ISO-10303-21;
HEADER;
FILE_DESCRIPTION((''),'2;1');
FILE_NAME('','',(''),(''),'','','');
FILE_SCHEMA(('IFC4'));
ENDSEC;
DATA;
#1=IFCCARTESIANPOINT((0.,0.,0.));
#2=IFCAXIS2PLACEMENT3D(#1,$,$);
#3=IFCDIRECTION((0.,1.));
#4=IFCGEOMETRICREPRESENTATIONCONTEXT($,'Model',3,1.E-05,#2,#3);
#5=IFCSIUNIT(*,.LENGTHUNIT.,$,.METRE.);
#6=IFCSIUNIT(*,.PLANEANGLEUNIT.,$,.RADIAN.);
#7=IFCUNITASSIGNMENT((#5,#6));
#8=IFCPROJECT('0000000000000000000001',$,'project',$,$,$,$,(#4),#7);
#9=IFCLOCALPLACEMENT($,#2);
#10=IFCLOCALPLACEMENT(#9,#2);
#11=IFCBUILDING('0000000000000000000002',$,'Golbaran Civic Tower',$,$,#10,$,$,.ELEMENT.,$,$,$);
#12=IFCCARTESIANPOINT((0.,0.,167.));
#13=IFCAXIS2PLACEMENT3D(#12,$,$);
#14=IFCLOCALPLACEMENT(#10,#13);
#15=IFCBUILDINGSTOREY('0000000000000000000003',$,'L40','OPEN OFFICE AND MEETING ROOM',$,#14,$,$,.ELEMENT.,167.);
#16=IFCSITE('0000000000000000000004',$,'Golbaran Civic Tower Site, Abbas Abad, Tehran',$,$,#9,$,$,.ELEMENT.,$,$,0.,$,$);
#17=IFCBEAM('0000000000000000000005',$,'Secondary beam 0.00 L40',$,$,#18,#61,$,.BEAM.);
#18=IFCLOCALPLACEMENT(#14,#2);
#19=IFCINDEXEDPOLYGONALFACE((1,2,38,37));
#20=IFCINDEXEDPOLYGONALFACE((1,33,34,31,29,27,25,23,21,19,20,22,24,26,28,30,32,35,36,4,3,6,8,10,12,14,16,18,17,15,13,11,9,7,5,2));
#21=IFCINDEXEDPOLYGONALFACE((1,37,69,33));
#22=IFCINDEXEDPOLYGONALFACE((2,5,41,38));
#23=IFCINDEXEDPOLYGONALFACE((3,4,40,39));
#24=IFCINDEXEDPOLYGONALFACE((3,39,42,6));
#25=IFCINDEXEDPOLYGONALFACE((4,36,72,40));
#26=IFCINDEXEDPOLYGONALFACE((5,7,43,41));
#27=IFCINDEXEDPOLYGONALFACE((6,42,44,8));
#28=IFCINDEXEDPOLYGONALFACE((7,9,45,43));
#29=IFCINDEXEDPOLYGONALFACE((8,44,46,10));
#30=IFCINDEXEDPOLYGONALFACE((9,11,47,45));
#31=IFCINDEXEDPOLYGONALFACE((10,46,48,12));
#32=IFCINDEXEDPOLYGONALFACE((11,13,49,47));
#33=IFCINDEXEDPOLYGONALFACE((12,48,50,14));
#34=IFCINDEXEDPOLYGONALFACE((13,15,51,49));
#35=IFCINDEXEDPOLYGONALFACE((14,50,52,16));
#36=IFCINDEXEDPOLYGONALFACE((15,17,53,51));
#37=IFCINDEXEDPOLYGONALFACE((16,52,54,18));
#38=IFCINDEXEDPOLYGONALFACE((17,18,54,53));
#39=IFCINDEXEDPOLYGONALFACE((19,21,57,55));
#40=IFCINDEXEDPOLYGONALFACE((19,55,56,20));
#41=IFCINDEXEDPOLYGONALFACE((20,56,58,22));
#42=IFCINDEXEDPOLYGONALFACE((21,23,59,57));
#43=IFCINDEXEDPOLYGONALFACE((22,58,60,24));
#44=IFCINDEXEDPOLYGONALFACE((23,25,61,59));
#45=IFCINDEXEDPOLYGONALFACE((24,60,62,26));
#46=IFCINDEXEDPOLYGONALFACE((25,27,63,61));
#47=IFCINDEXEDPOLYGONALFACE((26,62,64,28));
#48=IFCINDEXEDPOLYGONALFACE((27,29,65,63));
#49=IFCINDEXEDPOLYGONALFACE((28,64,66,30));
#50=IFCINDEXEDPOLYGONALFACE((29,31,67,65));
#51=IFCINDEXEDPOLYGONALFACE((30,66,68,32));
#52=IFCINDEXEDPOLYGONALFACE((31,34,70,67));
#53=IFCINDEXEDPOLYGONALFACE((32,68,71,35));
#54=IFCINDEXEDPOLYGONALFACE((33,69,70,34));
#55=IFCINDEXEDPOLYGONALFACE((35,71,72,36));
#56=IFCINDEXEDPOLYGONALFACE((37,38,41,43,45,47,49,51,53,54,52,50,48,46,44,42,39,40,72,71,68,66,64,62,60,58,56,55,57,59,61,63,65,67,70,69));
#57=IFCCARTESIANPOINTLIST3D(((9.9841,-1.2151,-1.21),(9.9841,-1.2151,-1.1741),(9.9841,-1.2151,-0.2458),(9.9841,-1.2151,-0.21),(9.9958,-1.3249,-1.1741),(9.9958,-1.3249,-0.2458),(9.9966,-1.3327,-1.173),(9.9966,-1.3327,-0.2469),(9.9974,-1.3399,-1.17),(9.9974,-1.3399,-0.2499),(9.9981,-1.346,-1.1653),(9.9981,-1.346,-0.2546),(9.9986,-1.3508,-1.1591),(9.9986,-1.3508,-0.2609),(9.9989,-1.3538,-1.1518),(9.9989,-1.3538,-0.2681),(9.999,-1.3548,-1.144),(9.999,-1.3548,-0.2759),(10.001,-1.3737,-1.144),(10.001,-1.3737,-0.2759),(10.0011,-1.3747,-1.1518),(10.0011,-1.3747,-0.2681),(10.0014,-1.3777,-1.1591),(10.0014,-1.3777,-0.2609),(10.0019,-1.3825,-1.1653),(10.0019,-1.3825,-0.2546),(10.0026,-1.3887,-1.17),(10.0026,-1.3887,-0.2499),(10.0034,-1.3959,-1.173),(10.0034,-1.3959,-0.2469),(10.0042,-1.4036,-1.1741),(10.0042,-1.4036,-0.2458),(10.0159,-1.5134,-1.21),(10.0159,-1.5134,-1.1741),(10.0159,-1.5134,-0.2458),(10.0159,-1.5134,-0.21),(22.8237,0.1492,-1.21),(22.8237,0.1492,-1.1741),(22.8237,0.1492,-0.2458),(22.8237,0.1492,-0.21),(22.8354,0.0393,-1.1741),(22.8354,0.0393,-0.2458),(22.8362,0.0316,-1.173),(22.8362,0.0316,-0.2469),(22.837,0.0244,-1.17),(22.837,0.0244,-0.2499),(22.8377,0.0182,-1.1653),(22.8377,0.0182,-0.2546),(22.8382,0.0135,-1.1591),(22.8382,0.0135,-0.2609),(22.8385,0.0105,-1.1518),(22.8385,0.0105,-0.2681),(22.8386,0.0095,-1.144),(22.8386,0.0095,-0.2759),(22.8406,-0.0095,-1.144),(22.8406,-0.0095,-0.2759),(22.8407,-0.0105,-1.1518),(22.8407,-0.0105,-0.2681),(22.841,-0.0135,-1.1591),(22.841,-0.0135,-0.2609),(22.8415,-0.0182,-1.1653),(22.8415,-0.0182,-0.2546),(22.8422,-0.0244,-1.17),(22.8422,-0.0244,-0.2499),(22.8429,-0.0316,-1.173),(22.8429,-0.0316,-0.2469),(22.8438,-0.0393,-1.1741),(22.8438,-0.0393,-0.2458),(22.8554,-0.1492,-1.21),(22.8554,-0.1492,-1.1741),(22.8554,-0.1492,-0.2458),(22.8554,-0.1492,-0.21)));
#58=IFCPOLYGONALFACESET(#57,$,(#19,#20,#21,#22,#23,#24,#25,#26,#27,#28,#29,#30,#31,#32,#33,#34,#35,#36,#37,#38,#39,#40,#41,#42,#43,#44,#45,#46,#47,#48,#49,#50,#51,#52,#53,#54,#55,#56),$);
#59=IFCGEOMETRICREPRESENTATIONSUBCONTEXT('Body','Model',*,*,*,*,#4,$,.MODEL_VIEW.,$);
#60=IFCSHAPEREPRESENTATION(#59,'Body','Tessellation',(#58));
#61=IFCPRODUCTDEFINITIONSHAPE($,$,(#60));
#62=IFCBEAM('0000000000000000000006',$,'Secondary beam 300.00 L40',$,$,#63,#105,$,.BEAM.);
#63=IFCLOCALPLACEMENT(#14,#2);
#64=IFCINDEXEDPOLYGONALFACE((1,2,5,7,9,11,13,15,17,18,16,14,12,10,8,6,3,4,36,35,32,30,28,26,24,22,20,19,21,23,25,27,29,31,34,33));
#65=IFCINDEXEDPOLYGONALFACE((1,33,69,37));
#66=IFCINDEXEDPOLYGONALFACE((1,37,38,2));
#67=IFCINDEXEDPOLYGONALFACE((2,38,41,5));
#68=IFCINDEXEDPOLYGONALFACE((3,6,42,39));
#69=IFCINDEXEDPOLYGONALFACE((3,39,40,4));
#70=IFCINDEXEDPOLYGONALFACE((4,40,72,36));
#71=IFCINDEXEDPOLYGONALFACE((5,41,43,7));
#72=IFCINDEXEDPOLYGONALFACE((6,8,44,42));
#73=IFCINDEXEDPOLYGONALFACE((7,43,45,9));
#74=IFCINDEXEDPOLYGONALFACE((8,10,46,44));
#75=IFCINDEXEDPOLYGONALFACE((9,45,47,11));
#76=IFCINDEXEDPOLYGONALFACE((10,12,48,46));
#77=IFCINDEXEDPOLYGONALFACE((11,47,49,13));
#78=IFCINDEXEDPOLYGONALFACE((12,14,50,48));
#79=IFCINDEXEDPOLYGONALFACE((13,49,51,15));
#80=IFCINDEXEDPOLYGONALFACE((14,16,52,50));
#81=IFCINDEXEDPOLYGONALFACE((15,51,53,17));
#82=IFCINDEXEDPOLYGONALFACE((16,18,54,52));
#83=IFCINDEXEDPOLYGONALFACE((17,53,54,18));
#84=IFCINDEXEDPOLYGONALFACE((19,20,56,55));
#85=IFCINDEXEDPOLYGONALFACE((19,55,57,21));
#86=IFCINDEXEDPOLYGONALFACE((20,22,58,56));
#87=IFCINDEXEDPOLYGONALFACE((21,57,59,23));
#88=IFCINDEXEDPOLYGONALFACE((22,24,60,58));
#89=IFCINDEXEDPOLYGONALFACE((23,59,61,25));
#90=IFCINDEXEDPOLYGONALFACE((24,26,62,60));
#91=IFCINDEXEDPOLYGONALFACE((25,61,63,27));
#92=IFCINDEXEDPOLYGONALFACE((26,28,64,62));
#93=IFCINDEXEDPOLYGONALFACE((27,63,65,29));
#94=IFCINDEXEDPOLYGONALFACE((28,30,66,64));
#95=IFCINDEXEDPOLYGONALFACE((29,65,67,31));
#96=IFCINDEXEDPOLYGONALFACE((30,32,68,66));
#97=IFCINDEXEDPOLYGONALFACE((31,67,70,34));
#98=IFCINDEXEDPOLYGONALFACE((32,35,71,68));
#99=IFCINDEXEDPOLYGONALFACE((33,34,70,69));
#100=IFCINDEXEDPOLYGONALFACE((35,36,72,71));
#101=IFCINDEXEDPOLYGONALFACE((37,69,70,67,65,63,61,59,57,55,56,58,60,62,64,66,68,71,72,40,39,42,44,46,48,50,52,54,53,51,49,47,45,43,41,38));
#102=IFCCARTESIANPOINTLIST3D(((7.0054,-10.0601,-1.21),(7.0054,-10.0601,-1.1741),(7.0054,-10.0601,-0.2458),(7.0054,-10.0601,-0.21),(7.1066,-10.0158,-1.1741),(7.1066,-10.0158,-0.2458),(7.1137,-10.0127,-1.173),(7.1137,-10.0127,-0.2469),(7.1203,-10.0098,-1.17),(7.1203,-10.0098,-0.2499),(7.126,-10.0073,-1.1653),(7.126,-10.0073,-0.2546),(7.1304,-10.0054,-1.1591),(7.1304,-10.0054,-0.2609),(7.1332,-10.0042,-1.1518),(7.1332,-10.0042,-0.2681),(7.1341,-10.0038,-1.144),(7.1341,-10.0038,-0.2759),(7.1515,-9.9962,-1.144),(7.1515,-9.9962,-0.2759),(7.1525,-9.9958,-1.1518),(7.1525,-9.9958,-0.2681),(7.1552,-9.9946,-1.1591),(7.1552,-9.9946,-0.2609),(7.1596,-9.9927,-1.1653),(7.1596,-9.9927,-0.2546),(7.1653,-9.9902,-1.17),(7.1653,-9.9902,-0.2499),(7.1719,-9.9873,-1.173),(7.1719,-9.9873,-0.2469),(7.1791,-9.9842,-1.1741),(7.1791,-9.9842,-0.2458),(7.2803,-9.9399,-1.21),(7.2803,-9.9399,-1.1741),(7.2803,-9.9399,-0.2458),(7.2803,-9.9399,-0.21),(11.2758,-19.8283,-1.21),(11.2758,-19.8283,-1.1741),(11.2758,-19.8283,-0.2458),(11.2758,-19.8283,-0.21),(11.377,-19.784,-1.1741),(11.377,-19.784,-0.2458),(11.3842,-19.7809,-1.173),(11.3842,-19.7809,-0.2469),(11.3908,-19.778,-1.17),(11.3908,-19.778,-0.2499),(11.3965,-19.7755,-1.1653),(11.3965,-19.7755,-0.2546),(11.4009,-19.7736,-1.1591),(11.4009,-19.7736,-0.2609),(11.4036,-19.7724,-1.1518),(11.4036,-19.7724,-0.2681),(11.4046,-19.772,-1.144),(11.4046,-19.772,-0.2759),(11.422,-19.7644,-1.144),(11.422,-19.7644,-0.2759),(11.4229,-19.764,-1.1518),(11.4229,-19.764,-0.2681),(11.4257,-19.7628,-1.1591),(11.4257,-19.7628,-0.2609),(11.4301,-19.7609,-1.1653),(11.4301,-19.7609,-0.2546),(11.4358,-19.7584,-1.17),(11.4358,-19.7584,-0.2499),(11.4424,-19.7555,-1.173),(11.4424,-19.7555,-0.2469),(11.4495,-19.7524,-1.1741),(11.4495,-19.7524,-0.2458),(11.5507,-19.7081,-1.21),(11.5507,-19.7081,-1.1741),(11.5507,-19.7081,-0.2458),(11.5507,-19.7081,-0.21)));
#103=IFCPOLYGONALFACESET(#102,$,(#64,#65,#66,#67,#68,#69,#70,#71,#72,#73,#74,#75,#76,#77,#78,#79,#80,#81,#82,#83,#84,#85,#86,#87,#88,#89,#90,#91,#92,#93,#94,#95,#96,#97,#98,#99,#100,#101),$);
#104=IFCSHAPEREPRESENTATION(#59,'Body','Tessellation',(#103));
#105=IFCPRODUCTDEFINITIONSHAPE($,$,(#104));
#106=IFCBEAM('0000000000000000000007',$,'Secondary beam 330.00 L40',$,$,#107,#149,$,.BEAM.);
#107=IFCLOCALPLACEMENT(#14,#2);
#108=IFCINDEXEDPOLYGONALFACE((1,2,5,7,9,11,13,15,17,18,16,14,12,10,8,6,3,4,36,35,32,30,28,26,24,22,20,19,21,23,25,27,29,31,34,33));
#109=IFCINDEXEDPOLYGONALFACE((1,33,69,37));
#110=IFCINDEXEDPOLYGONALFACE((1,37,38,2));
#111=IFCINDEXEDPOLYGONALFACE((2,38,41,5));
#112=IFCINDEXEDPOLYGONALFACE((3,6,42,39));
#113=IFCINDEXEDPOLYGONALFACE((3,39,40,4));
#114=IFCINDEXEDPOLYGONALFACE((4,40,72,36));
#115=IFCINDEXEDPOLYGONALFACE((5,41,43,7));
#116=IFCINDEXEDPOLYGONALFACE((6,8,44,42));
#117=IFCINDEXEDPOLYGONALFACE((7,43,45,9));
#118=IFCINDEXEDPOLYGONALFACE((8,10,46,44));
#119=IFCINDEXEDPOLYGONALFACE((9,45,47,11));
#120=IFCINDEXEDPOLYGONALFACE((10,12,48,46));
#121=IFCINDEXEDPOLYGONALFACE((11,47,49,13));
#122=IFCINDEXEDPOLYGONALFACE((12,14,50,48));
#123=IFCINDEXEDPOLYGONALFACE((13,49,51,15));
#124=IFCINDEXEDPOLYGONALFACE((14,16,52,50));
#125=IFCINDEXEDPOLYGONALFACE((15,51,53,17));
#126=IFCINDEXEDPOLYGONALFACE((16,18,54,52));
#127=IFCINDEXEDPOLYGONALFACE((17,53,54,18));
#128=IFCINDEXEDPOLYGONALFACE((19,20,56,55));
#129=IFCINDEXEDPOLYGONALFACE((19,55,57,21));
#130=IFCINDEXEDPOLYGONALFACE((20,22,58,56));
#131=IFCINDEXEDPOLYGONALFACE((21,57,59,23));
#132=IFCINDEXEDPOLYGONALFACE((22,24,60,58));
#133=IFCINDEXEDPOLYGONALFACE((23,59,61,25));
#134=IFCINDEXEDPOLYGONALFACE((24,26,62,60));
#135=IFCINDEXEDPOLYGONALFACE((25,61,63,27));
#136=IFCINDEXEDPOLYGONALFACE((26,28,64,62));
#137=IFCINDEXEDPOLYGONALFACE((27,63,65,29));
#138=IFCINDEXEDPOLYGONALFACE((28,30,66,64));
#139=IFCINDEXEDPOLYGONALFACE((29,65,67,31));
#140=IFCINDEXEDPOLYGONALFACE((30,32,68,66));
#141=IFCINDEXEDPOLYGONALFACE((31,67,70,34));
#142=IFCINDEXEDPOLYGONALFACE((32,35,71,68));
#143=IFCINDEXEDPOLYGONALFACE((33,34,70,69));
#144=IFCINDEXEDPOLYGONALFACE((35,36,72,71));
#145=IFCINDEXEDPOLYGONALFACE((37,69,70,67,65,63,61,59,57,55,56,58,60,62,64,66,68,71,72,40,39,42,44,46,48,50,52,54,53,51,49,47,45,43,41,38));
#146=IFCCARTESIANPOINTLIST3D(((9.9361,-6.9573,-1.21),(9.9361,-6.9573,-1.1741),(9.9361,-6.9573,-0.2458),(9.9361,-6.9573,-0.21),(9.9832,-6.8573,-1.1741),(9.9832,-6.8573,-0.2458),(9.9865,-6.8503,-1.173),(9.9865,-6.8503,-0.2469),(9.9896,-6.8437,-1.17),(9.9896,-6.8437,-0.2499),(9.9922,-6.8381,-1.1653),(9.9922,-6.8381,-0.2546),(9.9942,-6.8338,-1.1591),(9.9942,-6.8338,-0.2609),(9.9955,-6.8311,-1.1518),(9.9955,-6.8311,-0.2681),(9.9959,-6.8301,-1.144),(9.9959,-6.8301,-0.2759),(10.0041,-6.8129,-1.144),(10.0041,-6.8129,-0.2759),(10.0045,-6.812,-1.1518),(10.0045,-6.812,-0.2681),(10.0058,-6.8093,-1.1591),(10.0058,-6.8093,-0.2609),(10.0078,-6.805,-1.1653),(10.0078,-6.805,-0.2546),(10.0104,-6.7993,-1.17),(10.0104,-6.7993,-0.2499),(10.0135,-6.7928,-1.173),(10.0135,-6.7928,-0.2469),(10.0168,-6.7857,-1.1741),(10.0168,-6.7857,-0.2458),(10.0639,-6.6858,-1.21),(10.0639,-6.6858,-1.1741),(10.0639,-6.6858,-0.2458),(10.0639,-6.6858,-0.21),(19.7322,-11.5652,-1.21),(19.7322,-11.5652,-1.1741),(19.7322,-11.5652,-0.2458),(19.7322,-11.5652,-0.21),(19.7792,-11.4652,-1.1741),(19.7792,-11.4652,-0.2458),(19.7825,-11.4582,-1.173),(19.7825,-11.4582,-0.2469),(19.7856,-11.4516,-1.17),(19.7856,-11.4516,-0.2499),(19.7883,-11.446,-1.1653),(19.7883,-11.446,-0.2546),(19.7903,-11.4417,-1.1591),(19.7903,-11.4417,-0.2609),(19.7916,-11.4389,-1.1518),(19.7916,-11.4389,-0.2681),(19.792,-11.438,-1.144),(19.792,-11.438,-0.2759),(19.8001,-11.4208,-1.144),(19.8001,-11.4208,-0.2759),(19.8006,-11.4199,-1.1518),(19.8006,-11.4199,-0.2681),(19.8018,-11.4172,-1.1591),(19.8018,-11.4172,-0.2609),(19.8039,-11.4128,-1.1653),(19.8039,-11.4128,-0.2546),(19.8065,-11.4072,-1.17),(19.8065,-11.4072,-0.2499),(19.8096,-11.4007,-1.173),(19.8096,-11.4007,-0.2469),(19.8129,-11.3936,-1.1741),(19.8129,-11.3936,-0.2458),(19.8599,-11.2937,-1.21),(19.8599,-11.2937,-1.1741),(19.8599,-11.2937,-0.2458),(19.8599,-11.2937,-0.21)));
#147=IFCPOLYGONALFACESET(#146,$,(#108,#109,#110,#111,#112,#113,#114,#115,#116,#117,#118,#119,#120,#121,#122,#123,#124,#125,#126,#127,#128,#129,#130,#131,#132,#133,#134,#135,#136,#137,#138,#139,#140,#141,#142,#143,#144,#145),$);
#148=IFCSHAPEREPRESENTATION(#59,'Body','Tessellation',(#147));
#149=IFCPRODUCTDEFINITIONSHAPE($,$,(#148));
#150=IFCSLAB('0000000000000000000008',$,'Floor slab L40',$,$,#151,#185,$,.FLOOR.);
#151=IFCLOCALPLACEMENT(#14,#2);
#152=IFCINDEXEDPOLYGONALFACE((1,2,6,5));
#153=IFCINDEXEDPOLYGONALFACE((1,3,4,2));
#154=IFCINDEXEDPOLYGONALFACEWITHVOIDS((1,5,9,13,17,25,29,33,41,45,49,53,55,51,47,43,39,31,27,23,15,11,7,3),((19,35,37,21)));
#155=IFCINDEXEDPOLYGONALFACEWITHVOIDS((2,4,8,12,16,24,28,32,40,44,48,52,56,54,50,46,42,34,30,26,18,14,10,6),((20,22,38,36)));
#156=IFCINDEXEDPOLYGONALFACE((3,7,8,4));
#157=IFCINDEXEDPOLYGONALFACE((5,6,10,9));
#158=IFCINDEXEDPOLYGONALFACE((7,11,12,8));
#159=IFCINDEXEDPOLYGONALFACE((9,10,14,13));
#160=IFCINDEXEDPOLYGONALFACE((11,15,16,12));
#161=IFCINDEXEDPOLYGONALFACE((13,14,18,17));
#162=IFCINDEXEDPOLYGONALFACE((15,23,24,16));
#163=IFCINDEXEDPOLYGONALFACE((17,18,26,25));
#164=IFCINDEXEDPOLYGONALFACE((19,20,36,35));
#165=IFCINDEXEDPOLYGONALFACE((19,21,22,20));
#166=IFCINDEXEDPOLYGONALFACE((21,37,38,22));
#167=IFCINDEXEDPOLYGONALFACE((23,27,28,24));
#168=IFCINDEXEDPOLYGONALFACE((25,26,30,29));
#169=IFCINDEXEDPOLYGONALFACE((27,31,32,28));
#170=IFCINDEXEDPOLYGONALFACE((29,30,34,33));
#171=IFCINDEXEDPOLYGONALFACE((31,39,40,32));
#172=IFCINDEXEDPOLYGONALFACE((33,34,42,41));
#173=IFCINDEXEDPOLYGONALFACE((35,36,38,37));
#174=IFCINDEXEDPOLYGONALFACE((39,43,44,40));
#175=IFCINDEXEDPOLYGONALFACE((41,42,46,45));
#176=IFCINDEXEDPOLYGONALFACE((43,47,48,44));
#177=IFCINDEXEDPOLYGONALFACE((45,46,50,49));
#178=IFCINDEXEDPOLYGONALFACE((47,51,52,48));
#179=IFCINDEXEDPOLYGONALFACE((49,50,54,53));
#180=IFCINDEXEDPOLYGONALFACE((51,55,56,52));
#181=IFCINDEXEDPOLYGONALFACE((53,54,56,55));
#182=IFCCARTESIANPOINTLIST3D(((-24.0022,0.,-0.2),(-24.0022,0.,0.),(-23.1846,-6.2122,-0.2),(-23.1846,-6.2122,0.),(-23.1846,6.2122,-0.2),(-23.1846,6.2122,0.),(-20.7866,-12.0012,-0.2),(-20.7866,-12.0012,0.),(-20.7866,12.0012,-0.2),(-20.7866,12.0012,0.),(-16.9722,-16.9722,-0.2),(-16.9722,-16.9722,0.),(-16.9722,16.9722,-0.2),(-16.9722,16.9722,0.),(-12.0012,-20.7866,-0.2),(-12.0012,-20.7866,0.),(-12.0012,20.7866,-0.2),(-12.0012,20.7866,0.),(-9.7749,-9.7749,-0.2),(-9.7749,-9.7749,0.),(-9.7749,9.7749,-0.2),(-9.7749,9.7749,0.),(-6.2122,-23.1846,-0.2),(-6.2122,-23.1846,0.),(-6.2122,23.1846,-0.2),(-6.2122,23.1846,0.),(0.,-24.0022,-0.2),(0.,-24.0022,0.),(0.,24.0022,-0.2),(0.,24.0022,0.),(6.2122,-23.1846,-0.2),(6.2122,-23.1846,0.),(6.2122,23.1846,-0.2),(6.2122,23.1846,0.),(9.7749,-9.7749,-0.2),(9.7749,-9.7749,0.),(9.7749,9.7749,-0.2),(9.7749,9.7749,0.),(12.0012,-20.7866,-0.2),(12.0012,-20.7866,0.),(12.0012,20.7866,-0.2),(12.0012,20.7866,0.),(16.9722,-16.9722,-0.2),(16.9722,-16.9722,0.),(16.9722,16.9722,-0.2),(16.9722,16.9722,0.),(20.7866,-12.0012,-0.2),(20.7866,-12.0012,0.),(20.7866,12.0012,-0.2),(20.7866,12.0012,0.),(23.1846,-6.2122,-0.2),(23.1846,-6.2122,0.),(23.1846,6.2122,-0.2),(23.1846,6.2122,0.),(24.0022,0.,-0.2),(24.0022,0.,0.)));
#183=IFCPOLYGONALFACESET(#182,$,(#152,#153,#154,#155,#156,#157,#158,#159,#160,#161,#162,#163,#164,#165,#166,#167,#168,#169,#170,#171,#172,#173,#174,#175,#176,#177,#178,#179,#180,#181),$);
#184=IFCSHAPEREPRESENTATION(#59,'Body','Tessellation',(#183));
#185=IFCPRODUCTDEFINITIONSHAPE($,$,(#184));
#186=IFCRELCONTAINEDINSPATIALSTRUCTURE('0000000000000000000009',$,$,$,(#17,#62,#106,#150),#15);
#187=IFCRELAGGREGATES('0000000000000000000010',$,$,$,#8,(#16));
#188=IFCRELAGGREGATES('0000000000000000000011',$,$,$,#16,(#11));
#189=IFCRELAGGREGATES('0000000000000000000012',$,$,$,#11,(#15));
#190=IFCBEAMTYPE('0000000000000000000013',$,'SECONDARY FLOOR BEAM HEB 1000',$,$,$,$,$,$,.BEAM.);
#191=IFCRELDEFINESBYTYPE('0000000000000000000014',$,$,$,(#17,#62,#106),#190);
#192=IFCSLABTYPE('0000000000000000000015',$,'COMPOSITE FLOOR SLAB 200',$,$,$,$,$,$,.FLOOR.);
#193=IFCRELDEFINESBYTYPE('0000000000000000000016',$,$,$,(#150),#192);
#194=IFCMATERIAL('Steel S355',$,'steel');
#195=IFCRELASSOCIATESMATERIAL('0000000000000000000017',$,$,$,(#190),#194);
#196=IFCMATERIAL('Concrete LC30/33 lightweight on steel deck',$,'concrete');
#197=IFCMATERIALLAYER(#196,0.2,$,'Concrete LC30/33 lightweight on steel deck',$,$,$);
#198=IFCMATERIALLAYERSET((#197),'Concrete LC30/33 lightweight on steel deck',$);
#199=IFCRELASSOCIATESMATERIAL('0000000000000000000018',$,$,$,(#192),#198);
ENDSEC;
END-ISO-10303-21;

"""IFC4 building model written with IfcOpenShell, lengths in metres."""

from ifc_helpers import new_model, si_unit, direction, frame, origin, origin_2d, place, context, subcontext, project, spatial, polyline, i_section, outline, extrude, material, layer, layer_set, material_profile, profile_set, type_object, element, save


model = new_model("IFC4")

# Units and contexts
model_context = context("Model", 3, precision=1e-05, world=origin(), true_north=direction((0.0, 1.0)))
body_context = subcontext(model_context, "Body", "Model", "MODEL_VIEW")
ifc_project = project(units=[si_unit("LENGTHUNIT", "METRE"), si_unit("PLANEANGLEUNIT", "RADIAN")], contexts=[model_context])

# Site, building, storey
site_placement = place(None, origin())
site = spatial("IfcSite", under=ifc_project, at=site_placement, Name="Golbaran Civic Tower Site, Abbas Abad, Tehran", CompositionType="ELEMENT", RefElevation=0.0)
building_placement = place(site_placement, origin())
building = spatial("IfcBuilding", under=site, at=building_placement, Name="Golbaran Civic Tower", CompositionType="ELEMENT")
storey_placement = place(building_placement, frame((0.0, 0.0, 167.0)))
storey = spatial("IfcBuildingStorey", under=building, at=storey_placement, Name="L40", Description="OPEN OFFICE AND MEETING ROOM", CompositionType="ELEMENT", Elevation=167.0)

# Beams
ifc_material_1 = material(Name="Steel S355", Category="steel")
ifc_material_profile_1 = material_profile(ifc_material_1, i_section(OverallWidth=0.3, OverallDepth=1.0, WebThickness=0.019, FlangeThickness=0.0359, FilletRadius=0.03, at=origin_2d()), Name="HEB 1000")
ifc_profile_set_1 = profile_set([ifc_material_profile_1], Name="Steel S355")
beam_type_1 = type_object("IfcBeamType", Name="SECONDARY FLOOR BEAM HEB 1000", PredefinedType="BEAM", material=ifc_profile_set_1)
beam_1_placement = place(storey_placement, frame((10.0, -1.3643, -0.71), z_axis=(0.994402, 0.105659, 0.0), x_axis=(-0.105659, 0.994402, 0.0)))
element("IfcBeam", 1, at=beam_1_placement, inside=storey, type_object=beam_type_1, Name="Secondary beam 0.00 L40", PredefinedType="BEAM", context=body_context, shape_type="SweptSolid", body=[
    extrude(i_section(OverallWidth=0.3, OverallDepth=1.0, WebThickness=0.019, FlangeThickness=0.0359, FilletRadius=0.03, at=origin_2d()), origin(), (0.0, 0.0, 1.0), 12.9119),
])
beam_2_placement = place(storey_placement, frame((7.1428, -10.0, -0.71), z_axis=(0.400573, -0.916265, 0.0), x_axis=(0.916265, 0.400573, 0.0)))
element("IfcBeam", 2, at=beam_2_placement, inside=storey, type_object=beam_type_1, Name="Secondary beam 300.00 L40", PredefinedType="BEAM", context=body_context, shape_type="SweptSolid", body=[
    extrude(i_section(OverallWidth=0.3, OverallDepth=1.0, WebThickness=0.019, FlangeThickness=0.0359, FilletRadius=0.03, at=origin_2d()), origin(), (0.0, 0.0, 1.0), 10.6609),
])
beam_3_placement = place(storey_placement, frame((10.0, -6.8215, -0.71), z_axis=(0.904891, -0.425643, 0.0), x_axis=(0.425643, 0.904891, 0.0)))
element("IfcBeam", 3, at=beam_3_placement, inside=storey, type_object=beam_type_1, Name="Secondary beam 330.00 L40", PredefinedType="BEAM", context=body_context, shape_type="SweptSolid", body=[
    extrude(i_section(OverallWidth=0.3, OverallDepth=1.0, WebThickness=0.019, FlangeThickness=0.0359, FilletRadius=0.03, at=origin_2d()), origin(), (0.0, 0.0, 1.0), 10.8257),
])

# Slab
ifc_material_2 = material(Name="Concrete LC30/33 lightweight on steel deck", Category="concrete")
ifc_layer_1 = layer(ifc_material_2, 0.2, Name="Concrete LC30/33 lightweight on steel deck")
ifc_layer_set_1 = layer_set([ifc_layer_1], Name="Concrete LC30/33 lightweight on steel deck")
slab_type = type_object("IfcSlabType", Name="COMPOSITE FLOOR SLAB 200", PredefinedType="FLOOR", material=ifc_layer_set_1)
slab_placement = place(storey_placement, frame((0.0, 0.0, -0.2)))
element("IfcSlab", 4, at=slab_placement, inside=storey, type_object=slab_type, Name="Floor slab L40", PredefinedType="FLOOR", context=body_context, shape_type="SweptSolid", body=[
    extrude(outline(polyline([(20.7866, -12.0012), (16.9722, -16.9722), (12.0012, -20.7866), (6.2122, -23.1846), (0.0, -24.0022), (-6.2122, -23.1846), (-12.0012, -20.7866), (-16.9722, -16.9722), (-20.7866, -12.0012), (-23.1846, -6.2122), (-24.0022, 0.0), (-23.1846, 6.2122), (-20.7866, 12.0012), (-16.9722, 16.9722), (-12.0012, 20.7866), (-6.2122, 23.1846), (0.0, 24.0022), (6.2122, 23.1846), (12.0012, 20.7866), (16.9722, 16.9722), (20.7866, 12.0012), (23.1846, 6.2122), (24.0022, 0.0), (23.1846, -6.2122), (20.7866, -12.0012)]), holes=[polyline([(-9.7749, 9.7749), (-9.7749, -9.7749), (9.7749, -9.7749), (9.7749, 9.7749), (-9.7749, 9.7749)])]), origin(), (0.0, 0.0, 1.0), 0.2),
])

save(model, "model.ifc")
